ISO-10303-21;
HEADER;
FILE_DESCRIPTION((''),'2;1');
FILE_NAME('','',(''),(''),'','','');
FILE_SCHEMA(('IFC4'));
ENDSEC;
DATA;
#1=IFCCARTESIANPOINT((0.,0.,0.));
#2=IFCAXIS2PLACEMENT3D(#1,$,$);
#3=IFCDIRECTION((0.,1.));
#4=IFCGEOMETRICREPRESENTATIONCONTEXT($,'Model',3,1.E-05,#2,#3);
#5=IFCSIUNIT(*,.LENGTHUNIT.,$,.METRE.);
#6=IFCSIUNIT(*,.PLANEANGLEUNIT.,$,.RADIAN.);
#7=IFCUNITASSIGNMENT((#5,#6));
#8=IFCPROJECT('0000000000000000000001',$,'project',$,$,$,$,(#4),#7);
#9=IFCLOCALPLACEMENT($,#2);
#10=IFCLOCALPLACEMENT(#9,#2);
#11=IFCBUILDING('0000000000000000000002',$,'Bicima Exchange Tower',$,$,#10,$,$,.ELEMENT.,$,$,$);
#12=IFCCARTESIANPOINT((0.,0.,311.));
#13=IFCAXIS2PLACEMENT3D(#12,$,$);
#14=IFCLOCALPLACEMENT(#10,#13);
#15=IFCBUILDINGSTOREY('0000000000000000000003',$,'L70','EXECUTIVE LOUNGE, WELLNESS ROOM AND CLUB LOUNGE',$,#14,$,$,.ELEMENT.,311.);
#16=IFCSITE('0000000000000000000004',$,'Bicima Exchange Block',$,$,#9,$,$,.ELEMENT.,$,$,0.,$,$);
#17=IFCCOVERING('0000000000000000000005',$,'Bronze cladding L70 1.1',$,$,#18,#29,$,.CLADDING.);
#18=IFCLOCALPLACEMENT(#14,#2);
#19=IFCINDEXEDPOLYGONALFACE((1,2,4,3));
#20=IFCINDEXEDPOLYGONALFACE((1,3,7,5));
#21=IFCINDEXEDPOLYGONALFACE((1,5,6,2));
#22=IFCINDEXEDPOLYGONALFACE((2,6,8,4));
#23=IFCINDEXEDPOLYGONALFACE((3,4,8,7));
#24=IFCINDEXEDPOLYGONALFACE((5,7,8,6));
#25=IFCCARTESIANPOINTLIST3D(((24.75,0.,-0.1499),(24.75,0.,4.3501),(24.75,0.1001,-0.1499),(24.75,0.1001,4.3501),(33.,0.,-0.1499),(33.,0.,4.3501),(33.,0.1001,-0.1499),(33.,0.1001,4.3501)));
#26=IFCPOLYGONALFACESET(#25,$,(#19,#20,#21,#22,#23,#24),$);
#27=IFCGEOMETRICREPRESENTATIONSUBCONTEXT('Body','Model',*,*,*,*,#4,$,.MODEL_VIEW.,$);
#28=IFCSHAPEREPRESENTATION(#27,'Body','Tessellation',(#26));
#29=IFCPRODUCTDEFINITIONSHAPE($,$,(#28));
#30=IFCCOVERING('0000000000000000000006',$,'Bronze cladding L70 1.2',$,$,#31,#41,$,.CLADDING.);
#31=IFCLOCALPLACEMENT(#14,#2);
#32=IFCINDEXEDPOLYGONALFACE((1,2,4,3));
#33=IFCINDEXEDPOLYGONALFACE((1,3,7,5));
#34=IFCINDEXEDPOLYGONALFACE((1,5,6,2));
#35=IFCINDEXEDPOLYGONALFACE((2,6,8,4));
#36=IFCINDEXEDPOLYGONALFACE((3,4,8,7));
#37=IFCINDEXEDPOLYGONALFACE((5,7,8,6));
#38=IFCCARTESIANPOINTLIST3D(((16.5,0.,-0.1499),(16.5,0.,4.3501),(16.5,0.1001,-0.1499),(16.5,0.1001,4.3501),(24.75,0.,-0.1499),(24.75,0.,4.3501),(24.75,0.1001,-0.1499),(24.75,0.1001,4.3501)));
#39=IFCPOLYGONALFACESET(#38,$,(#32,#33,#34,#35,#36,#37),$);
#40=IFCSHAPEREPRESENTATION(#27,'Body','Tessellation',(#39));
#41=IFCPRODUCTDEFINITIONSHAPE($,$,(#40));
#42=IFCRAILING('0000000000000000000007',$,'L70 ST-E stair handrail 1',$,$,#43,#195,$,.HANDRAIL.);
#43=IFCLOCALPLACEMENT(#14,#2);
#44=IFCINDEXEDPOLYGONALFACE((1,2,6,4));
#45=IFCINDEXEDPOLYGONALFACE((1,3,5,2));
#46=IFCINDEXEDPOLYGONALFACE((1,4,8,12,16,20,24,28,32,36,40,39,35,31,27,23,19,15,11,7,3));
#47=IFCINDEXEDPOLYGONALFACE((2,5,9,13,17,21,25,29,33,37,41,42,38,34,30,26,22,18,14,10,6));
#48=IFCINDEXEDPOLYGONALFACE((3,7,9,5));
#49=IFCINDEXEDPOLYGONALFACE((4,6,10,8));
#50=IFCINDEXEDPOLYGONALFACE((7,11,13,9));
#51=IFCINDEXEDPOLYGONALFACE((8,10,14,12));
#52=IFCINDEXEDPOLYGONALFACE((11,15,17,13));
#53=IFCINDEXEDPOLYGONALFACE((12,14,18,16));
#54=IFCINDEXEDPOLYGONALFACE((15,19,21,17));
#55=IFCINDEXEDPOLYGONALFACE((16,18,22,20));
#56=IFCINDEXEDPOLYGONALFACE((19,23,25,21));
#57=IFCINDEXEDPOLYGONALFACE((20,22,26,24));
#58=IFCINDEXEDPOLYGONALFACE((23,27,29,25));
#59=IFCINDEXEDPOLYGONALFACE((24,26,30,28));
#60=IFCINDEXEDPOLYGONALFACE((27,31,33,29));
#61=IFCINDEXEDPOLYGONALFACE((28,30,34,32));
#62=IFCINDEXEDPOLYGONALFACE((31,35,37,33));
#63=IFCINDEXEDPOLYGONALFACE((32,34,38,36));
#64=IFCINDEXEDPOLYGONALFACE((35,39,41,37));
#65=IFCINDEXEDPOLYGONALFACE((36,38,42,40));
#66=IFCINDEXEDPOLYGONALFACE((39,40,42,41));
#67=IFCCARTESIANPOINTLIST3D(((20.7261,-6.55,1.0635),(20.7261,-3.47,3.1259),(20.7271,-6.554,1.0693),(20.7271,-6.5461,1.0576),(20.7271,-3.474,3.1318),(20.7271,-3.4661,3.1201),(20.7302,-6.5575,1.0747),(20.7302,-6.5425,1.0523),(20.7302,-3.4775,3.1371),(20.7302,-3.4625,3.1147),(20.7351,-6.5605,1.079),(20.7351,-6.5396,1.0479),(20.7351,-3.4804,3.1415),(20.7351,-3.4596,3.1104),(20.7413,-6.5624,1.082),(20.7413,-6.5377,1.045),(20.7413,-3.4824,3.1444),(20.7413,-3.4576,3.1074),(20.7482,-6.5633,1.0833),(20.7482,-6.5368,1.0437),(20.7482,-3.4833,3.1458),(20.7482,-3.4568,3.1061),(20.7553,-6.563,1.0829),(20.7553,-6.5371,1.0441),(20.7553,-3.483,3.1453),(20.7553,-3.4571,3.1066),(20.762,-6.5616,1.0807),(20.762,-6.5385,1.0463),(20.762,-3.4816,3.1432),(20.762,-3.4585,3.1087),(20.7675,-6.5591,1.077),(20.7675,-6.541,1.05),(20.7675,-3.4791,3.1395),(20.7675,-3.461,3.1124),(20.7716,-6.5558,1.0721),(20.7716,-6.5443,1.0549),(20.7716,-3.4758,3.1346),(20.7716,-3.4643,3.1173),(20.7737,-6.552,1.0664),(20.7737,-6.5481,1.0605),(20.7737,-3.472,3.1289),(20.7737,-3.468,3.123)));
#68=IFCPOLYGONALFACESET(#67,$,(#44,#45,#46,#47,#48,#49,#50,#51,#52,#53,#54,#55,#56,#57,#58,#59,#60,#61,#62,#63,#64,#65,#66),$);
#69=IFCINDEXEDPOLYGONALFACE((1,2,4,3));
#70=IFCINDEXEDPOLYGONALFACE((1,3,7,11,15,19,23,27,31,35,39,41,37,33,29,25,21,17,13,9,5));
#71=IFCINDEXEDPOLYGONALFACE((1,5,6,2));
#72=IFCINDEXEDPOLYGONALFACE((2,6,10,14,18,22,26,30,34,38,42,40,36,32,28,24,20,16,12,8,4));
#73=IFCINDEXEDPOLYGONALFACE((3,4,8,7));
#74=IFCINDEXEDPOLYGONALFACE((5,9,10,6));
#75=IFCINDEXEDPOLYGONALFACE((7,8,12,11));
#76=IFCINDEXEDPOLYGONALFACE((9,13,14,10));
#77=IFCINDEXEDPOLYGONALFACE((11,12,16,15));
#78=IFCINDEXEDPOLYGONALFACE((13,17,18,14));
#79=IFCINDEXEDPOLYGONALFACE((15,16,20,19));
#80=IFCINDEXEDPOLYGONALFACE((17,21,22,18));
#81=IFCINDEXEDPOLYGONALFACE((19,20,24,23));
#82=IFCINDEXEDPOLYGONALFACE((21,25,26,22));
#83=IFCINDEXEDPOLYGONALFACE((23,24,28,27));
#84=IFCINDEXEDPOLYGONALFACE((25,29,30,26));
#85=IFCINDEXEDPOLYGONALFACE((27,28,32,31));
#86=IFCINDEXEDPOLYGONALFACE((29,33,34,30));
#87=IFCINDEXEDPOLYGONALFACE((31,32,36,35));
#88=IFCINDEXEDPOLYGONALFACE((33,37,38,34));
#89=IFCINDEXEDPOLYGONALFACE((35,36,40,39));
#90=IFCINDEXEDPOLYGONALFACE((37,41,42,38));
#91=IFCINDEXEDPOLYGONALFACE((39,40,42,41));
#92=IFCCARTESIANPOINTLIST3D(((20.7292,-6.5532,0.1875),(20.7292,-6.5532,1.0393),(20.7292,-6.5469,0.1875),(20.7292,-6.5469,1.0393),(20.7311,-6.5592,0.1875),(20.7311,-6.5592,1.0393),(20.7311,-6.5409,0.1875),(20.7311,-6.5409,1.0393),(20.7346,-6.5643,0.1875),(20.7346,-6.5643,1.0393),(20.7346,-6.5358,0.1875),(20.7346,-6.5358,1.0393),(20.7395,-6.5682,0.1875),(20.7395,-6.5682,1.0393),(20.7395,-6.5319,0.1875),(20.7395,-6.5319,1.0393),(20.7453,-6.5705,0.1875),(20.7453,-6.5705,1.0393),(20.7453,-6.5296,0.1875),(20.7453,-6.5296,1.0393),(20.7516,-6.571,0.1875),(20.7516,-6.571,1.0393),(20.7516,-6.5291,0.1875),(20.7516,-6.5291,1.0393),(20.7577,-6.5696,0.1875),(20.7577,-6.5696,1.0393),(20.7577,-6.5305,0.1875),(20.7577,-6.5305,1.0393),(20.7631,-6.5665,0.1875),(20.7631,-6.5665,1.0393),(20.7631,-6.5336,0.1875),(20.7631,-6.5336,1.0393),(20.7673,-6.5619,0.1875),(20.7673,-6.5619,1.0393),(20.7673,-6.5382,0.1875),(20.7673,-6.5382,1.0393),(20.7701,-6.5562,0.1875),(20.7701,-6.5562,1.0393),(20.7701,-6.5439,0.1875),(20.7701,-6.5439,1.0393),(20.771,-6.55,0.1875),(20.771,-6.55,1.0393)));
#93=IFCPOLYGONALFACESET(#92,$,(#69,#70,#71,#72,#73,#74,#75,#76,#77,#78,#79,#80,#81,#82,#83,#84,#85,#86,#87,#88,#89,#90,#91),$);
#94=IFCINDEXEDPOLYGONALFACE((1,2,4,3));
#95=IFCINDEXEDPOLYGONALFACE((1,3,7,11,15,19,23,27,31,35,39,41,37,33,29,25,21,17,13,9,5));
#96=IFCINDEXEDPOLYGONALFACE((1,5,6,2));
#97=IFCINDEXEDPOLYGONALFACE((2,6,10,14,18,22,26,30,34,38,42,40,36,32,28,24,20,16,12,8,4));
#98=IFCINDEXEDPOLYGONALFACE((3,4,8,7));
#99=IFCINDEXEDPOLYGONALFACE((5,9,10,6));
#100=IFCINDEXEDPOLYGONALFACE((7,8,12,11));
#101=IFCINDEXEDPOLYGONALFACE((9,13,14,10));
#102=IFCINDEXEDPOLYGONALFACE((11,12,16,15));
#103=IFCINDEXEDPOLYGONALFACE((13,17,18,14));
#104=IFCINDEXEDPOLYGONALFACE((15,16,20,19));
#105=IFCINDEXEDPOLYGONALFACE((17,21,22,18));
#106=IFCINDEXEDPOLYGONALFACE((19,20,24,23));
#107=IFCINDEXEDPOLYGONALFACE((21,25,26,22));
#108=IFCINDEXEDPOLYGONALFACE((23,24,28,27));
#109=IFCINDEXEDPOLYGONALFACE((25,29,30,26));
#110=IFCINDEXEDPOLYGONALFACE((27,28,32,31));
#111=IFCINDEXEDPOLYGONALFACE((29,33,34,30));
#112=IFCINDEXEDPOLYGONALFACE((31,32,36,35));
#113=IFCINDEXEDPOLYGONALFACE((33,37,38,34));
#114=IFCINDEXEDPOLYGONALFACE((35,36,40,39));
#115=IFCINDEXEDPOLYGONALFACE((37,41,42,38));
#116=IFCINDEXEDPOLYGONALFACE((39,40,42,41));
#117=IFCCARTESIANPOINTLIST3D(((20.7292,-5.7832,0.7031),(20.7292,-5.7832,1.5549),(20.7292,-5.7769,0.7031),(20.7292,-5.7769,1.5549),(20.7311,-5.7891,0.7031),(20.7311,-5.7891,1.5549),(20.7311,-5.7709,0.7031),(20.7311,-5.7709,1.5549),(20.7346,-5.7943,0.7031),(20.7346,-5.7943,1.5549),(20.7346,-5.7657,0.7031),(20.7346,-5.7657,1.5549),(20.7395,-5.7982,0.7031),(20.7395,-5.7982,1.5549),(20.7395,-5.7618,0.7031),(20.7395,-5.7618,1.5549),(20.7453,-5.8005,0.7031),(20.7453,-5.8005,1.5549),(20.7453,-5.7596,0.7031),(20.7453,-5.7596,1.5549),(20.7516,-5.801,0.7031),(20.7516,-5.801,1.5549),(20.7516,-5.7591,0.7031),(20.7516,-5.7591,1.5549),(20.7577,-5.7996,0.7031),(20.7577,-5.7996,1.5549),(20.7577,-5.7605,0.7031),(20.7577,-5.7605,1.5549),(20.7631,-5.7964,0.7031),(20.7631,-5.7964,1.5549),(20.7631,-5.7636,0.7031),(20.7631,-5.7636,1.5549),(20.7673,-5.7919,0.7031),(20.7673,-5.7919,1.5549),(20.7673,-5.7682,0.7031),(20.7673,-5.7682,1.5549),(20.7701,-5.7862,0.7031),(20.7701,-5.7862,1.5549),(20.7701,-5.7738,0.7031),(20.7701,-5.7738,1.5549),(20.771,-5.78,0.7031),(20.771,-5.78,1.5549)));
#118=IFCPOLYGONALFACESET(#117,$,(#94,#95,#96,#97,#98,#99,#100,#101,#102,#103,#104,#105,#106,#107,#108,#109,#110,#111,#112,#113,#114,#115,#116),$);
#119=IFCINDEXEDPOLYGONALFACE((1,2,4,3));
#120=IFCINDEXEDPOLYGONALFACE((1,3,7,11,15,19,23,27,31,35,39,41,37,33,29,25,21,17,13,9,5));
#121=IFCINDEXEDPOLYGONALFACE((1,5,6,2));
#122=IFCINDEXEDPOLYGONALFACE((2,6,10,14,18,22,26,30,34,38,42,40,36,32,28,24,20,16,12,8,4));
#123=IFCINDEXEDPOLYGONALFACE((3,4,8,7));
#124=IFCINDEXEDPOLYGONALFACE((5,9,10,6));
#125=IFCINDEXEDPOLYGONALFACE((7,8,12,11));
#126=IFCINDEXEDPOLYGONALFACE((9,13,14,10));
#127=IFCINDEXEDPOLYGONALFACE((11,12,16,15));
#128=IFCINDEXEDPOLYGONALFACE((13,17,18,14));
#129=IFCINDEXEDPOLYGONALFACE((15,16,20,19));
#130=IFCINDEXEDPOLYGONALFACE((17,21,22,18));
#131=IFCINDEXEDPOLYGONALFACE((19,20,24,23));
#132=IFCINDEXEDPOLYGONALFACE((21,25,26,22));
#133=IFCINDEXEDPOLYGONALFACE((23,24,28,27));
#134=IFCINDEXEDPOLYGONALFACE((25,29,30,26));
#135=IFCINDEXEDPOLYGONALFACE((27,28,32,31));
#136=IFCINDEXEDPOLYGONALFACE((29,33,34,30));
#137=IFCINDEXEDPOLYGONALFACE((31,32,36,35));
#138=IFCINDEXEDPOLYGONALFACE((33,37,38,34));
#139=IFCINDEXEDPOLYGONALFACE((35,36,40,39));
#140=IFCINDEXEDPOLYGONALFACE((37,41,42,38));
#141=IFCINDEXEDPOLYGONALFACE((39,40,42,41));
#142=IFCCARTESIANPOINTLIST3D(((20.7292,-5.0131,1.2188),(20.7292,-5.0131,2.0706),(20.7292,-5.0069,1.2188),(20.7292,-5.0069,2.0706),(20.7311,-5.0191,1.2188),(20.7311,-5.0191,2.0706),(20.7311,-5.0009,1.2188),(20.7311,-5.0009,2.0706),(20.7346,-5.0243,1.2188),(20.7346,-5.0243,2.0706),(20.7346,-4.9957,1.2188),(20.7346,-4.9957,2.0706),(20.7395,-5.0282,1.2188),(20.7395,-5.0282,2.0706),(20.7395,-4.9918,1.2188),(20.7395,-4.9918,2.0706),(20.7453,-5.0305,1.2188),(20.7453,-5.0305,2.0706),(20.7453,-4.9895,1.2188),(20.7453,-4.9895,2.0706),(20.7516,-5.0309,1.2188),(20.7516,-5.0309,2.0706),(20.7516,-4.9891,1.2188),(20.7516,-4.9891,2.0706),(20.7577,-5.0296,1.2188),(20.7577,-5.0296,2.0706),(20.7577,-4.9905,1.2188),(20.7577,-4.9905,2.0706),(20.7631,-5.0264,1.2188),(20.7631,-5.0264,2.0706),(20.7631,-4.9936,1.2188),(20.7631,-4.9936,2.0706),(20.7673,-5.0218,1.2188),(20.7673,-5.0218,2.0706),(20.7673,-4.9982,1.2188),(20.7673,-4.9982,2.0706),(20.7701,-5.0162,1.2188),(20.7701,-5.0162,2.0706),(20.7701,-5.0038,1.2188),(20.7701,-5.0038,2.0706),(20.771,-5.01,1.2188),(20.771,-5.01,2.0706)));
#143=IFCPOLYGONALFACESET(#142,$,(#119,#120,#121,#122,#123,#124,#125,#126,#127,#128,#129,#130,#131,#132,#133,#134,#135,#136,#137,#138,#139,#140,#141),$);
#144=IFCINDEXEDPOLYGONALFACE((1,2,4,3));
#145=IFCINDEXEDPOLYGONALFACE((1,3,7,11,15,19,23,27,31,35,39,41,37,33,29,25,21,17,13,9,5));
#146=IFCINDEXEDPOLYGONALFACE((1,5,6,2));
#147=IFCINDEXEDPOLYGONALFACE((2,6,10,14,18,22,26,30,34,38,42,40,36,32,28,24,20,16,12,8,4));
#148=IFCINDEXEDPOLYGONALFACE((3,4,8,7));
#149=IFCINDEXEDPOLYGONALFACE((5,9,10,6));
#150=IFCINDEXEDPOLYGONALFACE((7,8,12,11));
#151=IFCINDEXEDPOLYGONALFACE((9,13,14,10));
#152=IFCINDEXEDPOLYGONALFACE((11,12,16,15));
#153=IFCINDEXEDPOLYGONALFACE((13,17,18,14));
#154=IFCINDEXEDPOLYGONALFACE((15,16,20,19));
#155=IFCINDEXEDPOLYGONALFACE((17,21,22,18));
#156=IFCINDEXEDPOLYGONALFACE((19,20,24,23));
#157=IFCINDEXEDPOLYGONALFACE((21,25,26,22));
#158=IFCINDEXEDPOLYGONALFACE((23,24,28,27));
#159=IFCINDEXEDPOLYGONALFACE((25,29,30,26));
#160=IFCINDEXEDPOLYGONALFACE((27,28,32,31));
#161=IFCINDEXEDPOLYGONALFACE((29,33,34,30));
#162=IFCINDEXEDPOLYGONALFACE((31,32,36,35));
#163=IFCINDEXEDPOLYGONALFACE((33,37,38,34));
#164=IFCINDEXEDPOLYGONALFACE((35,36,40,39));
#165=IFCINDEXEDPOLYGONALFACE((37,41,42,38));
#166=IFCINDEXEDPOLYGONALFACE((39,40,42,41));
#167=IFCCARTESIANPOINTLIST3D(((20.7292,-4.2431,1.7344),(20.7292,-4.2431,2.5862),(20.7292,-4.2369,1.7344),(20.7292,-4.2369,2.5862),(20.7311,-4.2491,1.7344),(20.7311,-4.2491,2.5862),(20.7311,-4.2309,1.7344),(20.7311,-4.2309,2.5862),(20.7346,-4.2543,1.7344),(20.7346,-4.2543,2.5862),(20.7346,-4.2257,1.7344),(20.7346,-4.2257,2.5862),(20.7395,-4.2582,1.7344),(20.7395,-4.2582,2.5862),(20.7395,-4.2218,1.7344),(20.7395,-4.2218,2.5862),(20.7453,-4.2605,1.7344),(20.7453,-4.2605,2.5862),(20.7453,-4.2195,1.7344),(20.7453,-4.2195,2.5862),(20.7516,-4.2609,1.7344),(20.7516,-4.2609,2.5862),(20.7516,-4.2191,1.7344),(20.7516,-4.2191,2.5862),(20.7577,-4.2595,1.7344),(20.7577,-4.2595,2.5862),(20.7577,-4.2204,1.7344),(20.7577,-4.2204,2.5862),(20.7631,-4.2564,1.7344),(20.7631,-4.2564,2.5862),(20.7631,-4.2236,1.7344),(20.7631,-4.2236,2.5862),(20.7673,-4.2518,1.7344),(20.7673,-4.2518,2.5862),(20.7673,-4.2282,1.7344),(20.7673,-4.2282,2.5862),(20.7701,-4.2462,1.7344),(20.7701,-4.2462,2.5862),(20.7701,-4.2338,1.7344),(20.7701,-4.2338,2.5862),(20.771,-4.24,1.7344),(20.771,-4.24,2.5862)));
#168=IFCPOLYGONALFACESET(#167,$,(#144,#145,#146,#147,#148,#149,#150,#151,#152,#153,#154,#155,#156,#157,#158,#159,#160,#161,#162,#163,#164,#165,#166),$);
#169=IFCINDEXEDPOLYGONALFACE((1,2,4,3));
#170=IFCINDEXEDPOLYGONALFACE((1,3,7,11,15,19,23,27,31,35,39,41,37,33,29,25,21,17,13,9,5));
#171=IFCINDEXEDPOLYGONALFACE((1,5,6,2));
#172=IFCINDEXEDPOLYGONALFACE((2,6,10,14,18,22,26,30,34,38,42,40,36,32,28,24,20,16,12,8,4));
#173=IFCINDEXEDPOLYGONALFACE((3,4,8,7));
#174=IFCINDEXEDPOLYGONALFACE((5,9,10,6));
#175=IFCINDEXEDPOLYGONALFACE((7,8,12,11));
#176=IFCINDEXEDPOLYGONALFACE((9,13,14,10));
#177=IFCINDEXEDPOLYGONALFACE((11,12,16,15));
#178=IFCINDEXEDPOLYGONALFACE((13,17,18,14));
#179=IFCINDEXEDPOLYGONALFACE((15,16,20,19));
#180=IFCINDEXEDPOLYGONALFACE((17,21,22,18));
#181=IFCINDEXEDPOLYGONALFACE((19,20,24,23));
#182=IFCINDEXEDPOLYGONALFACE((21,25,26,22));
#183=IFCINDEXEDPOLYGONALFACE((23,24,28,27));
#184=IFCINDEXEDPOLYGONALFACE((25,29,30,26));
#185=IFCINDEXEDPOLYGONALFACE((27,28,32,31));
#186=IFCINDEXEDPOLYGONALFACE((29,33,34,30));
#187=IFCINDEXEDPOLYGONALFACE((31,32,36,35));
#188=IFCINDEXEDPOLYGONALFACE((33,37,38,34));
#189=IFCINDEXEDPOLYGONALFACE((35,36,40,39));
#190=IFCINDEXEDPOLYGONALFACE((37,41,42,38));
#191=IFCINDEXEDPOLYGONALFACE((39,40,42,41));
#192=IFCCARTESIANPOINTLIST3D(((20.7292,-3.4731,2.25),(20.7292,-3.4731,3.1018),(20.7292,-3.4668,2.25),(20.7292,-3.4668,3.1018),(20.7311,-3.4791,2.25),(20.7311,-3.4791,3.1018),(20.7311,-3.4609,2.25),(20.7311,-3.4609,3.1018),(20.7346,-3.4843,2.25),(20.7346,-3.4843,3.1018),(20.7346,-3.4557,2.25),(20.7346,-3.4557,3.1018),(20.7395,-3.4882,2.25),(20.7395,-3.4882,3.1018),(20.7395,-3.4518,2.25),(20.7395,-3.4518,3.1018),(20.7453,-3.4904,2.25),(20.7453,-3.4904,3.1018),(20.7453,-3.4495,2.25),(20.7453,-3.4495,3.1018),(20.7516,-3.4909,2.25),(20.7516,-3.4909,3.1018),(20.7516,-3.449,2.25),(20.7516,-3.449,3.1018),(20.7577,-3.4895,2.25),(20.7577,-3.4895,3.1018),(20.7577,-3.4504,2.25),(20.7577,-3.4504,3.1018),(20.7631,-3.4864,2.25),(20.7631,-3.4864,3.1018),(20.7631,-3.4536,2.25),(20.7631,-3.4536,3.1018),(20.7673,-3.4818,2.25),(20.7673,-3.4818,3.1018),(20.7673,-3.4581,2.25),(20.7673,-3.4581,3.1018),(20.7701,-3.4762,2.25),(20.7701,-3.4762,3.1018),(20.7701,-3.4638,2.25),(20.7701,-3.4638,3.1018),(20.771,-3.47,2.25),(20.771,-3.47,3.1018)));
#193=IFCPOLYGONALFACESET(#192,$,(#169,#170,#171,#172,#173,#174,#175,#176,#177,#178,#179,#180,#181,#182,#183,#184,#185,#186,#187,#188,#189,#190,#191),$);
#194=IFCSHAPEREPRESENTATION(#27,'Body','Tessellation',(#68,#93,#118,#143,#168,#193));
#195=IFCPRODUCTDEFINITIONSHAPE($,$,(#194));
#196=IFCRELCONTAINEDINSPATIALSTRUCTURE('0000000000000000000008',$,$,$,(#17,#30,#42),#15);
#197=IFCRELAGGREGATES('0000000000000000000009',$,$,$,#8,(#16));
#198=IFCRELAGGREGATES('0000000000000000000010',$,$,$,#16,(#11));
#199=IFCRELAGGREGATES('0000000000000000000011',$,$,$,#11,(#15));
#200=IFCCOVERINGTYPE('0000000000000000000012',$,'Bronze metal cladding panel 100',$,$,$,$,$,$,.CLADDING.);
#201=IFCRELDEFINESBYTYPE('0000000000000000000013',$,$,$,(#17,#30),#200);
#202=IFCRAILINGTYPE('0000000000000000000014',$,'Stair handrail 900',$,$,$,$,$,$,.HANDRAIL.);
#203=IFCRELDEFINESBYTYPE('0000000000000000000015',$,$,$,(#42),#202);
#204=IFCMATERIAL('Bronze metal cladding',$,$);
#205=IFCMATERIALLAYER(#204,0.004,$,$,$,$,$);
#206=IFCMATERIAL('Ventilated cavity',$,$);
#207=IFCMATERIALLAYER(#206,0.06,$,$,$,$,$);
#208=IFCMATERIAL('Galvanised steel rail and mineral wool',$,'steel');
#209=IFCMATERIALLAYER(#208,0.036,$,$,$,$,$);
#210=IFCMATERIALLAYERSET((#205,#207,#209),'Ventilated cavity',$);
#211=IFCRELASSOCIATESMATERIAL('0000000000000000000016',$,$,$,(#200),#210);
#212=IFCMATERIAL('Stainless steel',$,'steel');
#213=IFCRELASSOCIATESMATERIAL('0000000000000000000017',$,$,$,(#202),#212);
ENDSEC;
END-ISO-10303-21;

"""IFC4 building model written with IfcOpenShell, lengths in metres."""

from ifc_helpers import new_model, si_unit, direction, frame, origin, origin_2d, place, context, subcontext, project, spatial, rectangle, circle, extrude, material, layer, layer_set, type_object, element, save


model = new_model("IFC4")

# Units and contexts
model_context = context("Model", 3, precision=1e-05, world=origin(), true_north=direction((0.0, 1.0)))
body_context = subcontext(model_context, "Body", "Model", "MODEL_VIEW")
ifc_project = project(units=[si_unit("LENGTHUNIT", "METRE"), si_unit("PLANEANGLEUNIT", "RADIAN")], contexts=[model_context])

# Site, building, storey
site_placement = place(None, origin())
site = spatial("IfcSite", under=ifc_project, at=site_placement, Name="Bicima Exchange Block", CompositionType="ELEMENT", RefElevation=0.0)
building_placement = place(site_placement, origin())
building = spatial("IfcBuilding", under=site, at=building_placement, Name="Bicima Exchange Tower", CompositionType="ELEMENT")
storey_placement = place(building_placement, frame((0.0, 0.0, 311.0)))
storey = spatial("IfcBuildingStorey", under=building, at=storey_placement, Name="L70", Description="EXECUTIVE LOUNGE, WELLNESS ROOM AND CLUB LOUNGE", CompositionType="ELEMENT", Elevation=311.0)

# Coverings
ifc_material_1 = material(Name="Bronze metal cladding")
ifc_layer_1 = layer(ifc_material_1, 0.004)
ifc_material_2 = material(Name="Ventilated cavity")
ifc_layer_2 = layer(ifc_material_2, 0.06)
ifc_material_3 = material(Name="Galvanised steel rail and mineral wool", Category="steel")
ifc_layer_3 = layer(ifc_material_3, 0.036)
ifc_layer_set_1 = layer_set([ifc_layer_1, ifc_layer_2, ifc_layer_3], Name="Ventilated cavity")
covering_type = type_object("IfcCoveringType", Name="Bronze metal cladding panel 100", PredefinedType="CLADDING", material=ifc_layer_set_1)
for number, where, z_axis, x_axis, name in (
    (1, (28.875, 0.05, -0.1499), (0.0, 0.0, 1.0), (-1.0, 0.0, 0.0), "Bronze cladding L70 1.1"),
    (2, (20.625, 0.05, -0.1499), (0.0, 0.0, 1.0), (-1.0, 0.0, 0.0), "Bronze cladding L70 1.2"),
):
    element("IfcCovering", number, at=place(storey_placement, frame(where, z_axis=z_axis, x_axis=x_axis)), inside=storey, type_object=covering_type, Name=name, PredefinedType="CLADDING", context=body_context, shape_type="SweptSolid", body=[
        extrude(rectangle(XDim=8.25, YDim=0.1001, at=origin_2d()), origin(), (0.0, 0.0, 1.0), 4.5),
    ])

# Railing
ifc_material_4 = material(Name="Stainless steel", Category="steel")
railing_type_1 = type_object("IfcRailingType", Name="Stair handrail 900", PredefinedType="HANDRAIL", material=ifc_material_4)
railing_1_placement = place(storey_placement, frame((20.75, -6.55, 0.1875)))
element("IfcRailing", 3, at=railing_1_placement, inside=storey, type_object=railing_type_1, Name="L70 ST-E stair handrail 1", PredefinedType="HANDRAIL", context=body_context, shape_type="SweptSolid", body=[
    extrude(circle(Radius=0.0239, at=origin_2d()), frame((0.0, 0.0, 0.876), z_axis=(0.0, 0.830914, 0.556401), x_axis=(-1.0, 0.0, 0.0)), (0.0, 0.0, 1.0), 3.7068),
    extrude(circle(Radius=0.021, at=origin_2d()), origin(), (0.0, 0.0, 1.0), 0.8518),
    extrude(circle(Radius=0.021, at=origin_2d()), frame((0.0, 0.77, 0.5156)), (0.0, 0.0, 1.0), 0.8518),
    extrude(circle(Radius=0.021, at=origin_2d()), frame((0.0, 1.54, 1.0312)), (0.0, 0.0, 1.0), 0.8518),
    extrude(circle(Radius=0.021, at=origin_2d()), frame((0.0, 2.3101, 1.5469)), (0.0, 0.0, 1.0), 0.8518),
    extrude(circle(Radius=0.021, at=origin_2d()), frame((0.0, 3.0801, 2.0625)), (0.0, 0.0, 1.0), 0.8518),
])

save(model, "model.ifc")
